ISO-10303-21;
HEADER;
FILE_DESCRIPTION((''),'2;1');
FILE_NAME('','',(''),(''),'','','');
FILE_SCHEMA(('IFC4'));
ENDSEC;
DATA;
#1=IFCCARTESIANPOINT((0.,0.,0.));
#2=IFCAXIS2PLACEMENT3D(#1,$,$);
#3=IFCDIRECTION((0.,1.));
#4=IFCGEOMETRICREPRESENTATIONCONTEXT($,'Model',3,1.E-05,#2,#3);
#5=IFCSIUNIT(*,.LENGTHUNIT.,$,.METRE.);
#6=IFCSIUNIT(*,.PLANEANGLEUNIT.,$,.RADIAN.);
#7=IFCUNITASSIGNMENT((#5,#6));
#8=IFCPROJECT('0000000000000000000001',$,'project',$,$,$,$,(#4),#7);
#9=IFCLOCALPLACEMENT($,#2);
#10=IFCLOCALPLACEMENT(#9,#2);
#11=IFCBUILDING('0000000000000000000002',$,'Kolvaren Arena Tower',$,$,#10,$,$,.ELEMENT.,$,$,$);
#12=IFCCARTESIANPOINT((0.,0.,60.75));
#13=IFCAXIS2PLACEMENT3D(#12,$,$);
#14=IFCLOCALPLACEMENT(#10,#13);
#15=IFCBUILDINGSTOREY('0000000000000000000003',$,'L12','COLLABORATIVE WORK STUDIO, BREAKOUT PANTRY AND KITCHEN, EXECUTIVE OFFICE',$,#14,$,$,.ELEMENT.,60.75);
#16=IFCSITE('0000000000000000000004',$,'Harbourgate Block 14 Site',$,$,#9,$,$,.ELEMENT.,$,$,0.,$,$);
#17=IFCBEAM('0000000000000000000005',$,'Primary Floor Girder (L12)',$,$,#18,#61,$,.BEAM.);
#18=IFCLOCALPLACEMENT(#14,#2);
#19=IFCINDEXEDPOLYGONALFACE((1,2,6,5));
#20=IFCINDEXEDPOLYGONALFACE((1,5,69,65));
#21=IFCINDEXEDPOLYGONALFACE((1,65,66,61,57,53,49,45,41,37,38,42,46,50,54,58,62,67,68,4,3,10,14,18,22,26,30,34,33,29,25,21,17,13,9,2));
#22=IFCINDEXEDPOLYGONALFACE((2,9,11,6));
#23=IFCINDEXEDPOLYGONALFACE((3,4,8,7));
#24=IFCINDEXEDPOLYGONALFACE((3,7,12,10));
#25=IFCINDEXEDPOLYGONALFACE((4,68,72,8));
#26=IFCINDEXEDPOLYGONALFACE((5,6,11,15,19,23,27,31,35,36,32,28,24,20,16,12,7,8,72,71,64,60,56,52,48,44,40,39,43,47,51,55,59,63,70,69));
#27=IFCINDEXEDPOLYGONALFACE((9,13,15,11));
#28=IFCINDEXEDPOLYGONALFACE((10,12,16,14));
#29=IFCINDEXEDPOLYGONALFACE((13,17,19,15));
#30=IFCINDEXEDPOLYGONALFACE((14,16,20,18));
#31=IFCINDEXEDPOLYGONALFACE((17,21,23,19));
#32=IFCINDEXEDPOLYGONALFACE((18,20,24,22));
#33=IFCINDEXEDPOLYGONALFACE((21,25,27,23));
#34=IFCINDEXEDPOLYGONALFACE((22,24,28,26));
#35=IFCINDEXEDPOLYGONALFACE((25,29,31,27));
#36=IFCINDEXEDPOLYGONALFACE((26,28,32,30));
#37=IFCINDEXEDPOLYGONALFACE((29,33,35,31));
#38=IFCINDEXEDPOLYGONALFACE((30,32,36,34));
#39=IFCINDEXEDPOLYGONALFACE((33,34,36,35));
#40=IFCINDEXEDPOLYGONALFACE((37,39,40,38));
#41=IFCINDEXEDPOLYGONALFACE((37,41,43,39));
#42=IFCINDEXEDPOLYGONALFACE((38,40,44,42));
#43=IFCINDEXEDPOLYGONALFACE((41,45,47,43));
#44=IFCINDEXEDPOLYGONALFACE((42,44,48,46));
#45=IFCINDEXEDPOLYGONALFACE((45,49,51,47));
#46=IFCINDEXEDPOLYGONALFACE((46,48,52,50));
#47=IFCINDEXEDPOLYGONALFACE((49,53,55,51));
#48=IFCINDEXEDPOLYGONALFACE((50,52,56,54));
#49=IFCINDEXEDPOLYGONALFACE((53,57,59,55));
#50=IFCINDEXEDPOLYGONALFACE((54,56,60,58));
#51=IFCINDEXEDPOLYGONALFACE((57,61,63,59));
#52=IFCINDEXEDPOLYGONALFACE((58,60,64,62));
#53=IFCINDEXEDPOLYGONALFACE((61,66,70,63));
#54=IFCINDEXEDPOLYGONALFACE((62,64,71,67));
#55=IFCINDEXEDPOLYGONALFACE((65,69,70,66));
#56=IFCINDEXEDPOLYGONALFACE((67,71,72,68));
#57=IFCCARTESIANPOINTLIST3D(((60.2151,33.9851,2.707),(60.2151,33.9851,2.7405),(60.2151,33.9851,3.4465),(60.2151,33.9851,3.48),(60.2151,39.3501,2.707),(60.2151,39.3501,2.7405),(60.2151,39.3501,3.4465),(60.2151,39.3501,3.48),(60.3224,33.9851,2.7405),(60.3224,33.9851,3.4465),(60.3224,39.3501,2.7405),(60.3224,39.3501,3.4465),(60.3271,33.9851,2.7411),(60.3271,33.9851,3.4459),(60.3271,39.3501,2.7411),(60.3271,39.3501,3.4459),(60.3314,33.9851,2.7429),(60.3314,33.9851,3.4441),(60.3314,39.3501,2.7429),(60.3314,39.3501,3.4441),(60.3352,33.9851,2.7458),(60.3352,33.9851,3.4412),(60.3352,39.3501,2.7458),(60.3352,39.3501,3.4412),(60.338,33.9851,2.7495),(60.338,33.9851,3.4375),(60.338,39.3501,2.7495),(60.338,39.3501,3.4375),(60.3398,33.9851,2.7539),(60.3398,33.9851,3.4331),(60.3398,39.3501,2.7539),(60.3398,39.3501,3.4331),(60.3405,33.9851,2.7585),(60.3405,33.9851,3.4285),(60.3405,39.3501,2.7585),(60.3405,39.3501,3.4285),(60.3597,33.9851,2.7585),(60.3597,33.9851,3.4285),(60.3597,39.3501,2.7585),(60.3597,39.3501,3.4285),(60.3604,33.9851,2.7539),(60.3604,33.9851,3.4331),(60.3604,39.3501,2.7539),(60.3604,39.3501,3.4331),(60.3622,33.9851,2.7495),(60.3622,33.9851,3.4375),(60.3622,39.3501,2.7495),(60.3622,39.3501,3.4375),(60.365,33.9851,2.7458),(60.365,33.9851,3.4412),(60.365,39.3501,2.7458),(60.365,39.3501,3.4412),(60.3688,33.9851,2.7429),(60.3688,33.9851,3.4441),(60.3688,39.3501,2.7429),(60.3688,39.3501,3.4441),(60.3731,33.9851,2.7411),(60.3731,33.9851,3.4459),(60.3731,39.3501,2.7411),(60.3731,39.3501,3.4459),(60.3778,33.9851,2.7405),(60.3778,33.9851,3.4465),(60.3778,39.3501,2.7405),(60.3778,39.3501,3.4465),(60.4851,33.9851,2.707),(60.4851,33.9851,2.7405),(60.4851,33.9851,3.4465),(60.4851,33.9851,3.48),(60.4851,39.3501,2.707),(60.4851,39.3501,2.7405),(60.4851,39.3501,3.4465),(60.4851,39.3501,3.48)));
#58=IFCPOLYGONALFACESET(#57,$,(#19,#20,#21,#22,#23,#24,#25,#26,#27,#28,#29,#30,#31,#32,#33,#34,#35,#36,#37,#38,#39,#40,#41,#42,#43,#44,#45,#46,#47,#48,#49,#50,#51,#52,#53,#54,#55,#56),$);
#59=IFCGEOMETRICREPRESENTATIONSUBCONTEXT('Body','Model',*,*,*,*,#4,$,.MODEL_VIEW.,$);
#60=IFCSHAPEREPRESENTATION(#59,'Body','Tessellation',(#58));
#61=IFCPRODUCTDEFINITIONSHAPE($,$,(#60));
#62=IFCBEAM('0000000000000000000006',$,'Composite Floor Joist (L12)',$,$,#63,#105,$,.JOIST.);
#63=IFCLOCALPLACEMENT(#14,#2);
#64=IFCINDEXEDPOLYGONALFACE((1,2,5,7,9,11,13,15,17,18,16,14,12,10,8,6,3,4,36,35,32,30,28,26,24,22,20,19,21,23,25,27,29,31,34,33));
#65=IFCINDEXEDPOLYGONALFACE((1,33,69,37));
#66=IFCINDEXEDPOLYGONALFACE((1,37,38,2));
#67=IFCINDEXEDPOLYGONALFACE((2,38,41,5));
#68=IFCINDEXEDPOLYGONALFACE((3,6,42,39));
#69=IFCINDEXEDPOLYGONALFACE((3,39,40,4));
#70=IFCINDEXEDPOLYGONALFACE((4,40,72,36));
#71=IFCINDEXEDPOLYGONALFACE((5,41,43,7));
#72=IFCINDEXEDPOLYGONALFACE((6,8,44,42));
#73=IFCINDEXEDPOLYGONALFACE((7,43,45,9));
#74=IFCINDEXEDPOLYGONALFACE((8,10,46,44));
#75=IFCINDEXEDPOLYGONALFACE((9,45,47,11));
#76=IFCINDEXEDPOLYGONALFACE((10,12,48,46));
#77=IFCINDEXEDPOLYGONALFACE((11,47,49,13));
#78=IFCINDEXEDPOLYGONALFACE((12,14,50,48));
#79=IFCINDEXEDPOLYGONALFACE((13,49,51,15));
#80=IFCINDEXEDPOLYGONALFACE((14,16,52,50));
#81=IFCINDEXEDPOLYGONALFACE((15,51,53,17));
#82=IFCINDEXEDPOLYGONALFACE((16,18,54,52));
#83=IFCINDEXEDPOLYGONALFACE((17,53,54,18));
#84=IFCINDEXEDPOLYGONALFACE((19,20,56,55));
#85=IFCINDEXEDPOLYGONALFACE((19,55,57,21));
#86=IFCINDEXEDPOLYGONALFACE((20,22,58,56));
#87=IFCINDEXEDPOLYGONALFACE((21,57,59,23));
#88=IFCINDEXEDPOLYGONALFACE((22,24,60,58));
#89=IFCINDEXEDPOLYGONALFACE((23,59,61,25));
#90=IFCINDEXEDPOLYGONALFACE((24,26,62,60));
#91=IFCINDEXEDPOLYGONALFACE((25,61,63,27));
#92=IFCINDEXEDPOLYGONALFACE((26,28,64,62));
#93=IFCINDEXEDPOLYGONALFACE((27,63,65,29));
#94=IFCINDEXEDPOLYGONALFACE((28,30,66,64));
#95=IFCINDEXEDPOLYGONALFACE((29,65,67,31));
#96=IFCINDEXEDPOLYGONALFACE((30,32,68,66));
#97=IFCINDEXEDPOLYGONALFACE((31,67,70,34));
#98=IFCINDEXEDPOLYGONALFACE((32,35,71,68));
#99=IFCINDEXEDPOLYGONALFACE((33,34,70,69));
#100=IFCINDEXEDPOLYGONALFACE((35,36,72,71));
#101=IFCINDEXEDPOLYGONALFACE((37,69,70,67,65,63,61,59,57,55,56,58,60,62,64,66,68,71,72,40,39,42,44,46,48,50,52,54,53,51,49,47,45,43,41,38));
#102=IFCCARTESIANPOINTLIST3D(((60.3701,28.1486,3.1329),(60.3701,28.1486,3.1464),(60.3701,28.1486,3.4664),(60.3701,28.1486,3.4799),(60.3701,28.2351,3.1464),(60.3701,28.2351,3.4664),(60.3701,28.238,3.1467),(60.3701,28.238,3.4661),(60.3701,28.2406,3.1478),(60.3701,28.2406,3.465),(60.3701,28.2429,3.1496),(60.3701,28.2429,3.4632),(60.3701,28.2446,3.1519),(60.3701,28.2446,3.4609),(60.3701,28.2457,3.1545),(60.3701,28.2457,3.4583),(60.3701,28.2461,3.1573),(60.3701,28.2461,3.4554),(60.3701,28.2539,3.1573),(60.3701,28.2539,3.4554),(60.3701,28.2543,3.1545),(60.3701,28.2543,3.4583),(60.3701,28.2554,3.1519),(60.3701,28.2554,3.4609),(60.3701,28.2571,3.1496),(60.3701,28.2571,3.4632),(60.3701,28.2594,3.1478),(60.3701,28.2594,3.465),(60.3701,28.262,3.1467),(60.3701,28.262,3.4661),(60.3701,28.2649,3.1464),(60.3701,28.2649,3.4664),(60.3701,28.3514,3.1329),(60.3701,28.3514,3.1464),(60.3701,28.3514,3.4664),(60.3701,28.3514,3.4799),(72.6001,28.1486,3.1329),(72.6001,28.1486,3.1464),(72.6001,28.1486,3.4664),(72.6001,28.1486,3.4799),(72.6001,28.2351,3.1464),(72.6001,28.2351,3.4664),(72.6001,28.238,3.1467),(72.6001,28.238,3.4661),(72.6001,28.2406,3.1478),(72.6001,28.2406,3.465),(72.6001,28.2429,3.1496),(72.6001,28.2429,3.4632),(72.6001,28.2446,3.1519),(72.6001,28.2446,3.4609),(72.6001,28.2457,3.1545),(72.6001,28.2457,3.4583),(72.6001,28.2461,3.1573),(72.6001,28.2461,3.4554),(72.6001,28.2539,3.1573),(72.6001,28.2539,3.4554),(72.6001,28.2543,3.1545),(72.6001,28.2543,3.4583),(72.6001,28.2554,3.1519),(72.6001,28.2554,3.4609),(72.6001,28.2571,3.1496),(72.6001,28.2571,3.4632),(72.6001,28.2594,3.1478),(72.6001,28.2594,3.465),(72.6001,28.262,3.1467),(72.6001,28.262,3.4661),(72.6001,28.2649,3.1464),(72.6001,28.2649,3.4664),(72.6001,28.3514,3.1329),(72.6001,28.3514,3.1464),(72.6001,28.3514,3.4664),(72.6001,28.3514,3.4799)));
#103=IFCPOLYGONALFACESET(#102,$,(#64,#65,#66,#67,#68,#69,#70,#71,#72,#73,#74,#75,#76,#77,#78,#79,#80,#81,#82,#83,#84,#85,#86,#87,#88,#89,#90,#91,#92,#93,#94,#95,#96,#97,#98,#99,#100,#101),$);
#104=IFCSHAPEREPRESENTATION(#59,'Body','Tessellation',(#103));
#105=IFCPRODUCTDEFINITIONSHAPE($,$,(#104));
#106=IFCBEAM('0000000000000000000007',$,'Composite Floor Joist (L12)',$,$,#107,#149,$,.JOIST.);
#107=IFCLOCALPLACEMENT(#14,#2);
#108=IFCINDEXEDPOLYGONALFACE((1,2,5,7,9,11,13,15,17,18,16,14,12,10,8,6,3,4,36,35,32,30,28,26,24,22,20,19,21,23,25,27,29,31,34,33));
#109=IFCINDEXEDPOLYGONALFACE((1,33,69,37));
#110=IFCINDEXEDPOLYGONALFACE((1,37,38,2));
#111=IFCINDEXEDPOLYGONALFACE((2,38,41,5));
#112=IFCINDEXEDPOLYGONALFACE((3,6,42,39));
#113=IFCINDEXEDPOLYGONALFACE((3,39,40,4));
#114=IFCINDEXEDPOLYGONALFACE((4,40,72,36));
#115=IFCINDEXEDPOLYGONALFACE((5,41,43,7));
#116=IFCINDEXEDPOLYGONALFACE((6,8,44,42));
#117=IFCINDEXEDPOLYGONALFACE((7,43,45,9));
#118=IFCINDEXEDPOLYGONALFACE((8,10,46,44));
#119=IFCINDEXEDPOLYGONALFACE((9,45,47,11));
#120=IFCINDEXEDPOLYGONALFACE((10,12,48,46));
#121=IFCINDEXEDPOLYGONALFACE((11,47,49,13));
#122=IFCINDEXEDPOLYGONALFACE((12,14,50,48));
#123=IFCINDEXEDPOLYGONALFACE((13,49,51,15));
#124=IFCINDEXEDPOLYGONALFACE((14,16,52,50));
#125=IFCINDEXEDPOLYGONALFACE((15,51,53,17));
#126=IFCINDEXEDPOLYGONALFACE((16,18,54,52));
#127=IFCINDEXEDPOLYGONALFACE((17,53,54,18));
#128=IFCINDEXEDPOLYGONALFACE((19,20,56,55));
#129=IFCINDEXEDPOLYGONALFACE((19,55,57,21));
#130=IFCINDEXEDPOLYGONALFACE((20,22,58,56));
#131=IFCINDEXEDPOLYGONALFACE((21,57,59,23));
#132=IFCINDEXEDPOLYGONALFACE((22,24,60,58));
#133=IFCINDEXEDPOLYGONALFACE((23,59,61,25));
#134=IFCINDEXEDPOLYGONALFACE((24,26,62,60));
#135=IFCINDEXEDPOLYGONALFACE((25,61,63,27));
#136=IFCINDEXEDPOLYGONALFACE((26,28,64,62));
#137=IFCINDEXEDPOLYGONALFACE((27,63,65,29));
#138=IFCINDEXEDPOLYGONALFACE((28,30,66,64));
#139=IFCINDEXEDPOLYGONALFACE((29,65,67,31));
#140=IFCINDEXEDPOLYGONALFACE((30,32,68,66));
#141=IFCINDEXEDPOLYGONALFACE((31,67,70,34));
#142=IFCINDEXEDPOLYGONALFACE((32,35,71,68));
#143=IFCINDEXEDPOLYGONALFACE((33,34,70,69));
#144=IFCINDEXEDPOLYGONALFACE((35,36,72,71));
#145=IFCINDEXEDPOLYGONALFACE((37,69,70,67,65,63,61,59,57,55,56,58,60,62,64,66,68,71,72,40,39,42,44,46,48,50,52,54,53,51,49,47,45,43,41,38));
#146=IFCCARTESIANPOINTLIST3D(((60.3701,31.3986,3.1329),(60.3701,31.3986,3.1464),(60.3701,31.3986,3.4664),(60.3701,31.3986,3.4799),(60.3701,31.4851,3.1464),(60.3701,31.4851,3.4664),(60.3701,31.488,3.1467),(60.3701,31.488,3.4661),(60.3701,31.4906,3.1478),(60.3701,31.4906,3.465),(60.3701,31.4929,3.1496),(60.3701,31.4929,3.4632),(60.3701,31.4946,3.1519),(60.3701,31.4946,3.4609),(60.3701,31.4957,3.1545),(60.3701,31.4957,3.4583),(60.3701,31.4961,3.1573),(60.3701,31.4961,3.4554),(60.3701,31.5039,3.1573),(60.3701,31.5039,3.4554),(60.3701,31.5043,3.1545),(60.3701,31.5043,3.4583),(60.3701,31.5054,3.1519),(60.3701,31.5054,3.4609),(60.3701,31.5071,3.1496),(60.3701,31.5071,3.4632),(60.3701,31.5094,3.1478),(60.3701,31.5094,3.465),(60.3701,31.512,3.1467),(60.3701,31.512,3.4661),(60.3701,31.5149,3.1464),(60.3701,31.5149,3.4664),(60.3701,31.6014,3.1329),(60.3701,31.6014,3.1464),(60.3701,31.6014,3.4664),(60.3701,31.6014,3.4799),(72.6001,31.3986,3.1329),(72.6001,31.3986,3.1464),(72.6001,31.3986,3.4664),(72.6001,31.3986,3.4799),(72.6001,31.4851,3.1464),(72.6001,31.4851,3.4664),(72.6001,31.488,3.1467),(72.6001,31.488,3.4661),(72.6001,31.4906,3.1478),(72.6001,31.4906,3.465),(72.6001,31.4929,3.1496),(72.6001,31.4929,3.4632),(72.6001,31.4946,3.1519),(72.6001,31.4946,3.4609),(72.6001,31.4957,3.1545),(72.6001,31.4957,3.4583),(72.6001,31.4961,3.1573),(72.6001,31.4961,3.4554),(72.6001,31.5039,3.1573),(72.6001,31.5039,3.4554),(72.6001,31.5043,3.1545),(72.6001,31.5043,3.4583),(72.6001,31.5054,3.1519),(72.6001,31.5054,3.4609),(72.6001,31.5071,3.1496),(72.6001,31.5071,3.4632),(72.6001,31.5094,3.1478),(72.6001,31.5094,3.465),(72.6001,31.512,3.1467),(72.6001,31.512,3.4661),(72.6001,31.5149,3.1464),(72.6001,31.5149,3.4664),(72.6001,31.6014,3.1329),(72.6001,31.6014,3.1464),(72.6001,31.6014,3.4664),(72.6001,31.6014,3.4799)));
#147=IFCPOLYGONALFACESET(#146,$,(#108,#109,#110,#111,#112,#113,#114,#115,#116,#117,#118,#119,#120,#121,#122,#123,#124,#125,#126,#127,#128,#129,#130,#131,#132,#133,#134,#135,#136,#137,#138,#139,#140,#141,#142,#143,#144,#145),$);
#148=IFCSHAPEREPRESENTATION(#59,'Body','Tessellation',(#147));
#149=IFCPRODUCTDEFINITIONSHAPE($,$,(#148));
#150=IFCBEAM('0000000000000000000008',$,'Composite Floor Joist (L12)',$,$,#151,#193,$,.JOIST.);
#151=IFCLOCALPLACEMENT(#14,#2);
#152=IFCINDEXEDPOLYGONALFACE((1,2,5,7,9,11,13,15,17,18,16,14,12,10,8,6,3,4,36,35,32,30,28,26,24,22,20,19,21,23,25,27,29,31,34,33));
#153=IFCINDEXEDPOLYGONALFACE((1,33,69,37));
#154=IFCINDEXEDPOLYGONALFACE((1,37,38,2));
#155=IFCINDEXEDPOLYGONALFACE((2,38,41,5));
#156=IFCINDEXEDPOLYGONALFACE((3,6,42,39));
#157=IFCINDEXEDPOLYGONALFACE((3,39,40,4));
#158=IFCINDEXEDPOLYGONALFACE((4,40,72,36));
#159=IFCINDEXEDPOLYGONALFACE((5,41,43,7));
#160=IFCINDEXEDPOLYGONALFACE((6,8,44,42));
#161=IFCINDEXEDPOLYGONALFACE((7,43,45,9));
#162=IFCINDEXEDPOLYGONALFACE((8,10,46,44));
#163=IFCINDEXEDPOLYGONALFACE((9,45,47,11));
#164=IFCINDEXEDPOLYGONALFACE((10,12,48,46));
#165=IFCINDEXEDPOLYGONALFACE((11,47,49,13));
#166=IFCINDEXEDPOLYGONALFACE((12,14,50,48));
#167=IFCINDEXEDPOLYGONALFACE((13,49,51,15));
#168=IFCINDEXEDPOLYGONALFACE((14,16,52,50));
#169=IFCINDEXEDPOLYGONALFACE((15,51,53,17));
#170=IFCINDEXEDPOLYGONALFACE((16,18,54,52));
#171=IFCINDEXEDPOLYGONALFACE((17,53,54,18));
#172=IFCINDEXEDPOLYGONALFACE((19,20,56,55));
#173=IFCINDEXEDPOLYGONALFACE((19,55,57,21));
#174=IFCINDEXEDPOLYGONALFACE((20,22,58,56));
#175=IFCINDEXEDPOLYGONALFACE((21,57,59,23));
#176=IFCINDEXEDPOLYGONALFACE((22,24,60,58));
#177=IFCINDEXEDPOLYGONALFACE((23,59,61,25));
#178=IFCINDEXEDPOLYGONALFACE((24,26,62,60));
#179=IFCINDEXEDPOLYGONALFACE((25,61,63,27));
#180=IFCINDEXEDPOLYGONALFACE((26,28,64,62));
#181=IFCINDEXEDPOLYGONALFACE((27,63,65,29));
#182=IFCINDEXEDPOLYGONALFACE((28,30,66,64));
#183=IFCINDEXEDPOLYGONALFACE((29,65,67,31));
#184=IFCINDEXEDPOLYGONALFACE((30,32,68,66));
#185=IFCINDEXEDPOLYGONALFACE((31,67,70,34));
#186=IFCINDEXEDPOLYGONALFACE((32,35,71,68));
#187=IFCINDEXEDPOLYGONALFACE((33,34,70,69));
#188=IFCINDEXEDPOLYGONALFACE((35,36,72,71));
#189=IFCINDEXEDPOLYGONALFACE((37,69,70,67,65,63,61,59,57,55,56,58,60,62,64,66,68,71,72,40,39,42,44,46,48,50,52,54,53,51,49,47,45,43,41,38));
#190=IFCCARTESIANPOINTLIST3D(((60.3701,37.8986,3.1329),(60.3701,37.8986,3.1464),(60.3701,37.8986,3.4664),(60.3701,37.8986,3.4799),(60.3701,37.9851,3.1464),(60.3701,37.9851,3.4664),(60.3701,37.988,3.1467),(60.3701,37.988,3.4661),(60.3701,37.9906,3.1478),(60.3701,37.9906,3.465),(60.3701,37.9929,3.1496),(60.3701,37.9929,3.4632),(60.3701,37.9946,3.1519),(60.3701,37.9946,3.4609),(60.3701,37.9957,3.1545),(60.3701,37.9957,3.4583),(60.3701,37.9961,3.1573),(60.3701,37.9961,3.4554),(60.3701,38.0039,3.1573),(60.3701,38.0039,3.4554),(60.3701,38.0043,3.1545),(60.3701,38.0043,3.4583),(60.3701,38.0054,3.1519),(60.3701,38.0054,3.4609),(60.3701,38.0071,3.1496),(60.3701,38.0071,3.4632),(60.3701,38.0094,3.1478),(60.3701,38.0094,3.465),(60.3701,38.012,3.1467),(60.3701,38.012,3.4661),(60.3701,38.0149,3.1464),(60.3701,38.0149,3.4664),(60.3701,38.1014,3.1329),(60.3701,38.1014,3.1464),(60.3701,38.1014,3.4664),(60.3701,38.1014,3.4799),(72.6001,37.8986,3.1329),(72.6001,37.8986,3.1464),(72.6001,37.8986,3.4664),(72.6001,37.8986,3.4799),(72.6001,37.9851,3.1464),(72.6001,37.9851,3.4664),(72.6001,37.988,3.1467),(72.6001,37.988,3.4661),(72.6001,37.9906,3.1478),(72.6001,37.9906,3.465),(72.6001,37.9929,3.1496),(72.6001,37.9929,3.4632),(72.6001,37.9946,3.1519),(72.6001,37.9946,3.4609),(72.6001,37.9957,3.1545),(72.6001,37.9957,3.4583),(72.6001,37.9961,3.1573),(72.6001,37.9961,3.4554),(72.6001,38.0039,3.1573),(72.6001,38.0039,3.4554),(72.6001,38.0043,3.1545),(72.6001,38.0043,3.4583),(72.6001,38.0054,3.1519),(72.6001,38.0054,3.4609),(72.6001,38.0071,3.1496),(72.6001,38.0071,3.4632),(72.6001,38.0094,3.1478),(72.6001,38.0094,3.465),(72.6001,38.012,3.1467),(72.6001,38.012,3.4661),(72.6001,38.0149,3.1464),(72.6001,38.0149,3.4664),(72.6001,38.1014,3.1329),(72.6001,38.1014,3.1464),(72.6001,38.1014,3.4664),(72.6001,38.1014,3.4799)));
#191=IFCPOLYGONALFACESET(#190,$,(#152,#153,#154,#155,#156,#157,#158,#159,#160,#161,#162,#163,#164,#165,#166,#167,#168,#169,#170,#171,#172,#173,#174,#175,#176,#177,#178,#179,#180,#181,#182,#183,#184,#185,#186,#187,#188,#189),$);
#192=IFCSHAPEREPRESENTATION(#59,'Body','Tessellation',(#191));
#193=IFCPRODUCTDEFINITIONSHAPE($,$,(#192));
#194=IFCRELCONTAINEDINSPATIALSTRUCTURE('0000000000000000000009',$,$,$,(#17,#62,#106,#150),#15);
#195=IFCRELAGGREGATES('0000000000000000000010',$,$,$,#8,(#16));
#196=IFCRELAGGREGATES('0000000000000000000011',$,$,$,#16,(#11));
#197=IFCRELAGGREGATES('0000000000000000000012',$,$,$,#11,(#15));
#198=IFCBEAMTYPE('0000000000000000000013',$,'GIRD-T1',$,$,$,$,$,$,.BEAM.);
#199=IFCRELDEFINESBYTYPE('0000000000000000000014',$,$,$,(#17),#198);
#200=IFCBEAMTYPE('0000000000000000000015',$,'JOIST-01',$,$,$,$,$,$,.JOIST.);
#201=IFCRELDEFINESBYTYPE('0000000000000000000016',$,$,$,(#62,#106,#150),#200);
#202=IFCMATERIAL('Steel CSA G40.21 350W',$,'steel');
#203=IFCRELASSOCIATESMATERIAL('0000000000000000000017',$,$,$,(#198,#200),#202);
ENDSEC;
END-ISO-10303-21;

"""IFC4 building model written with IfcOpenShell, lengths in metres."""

from ifc_helpers import new_model, si_unit, direction, frame, origin, origin_2d, place, context, subcontext, project, spatial, i_section, extrude, material, material_profile, profile_set, type_object, element, save


model = new_model("IFC4")

# Units and contexts
model_context = context("Model", 3, precision=1e-05, world=origin(), true_north=direction((0.0, 1.0)))
body_context = subcontext(model_context, "Body", "Model", "MODEL_VIEW")
ifc_project = project(units=[si_unit("LENGTHUNIT", "METRE"), si_unit("PLANEANGLEUNIT", "RADIAN")], contexts=[model_context])

# Site, building, storey
site_placement = place(None, origin())
site = spatial("IfcSite", under=ifc_project, at=site_placement, Name="Harbourgate Block 14 Site", CompositionType="ELEMENT", RefElevation=0.0)
building_placement = place(site_placement, origin())
building = spatial("IfcBuilding", under=site, at=building_placement, Name="Kolvaren Arena Tower", CompositionType="ELEMENT")
storey_placement = place(building_placement, frame((0.0, 0.0, 60.75)))
storey = spatial("IfcBuildingStorey", under=building, at=storey_placement, Name="L12", Description="COLLABORATIVE WORK STUDIO, BREAKOUT PANTRY AND KITCHEN, EXECUTIVE OFFICE", CompositionType="ELEMENT", Elevation=60.75)

# Beams
ifc_material_1 = material(Name="Steel CSA G40.21 350W", Category="steel")
ifc_material_profile_1 = material_profile(ifc_material_1, i_section(OverallWidth=0.27, OverallDepth=0.7729, WebThickness=0.0193, FlangeThickness=0.0334, FilletRadius=0.0181, at=origin_2d()), Name="W760x257")
ifc_profile_set_1 = profile_set([ifc_material_profile_1], Name="Steel CSA G40.21 350W")
beam_type_1 = type_object("IfcBeamType", Name="GIRD-T1", PredefinedType="BEAM", material=ifc_profile_set_1)
beam_1_placement = place(storey_placement, frame((60.3501, 33.9851, 3.0935), z_axis=(0.0, 1.0, 0.0), x_axis=(-1.0, 0.0, 0.0)))
element("IfcBeam", 1, at=beam_1_placement, inside=storey, type_object=beam_type_1, Name="Primary Floor Girder (L12)", PredefinedType="BEAM", context=body_context, shape_type="SweptSolid", body=[
    extrude(i_section(OverallWidth=0.27, OverallDepth=0.7729, WebThickness=0.0193, FlangeThickness=0.0334, FilletRadius=0.0181, at=origin_2d()), origin(), (0.0, 0.0, 1.0), 5.365),
])
ifc_material_profile_2 = material_profile(ifc_material_1, i_section(OverallWidth=0.2029, OverallDepth=0.3469, WebThickness=0.0078, FlangeThickness=0.0134, FilletRadius=0.011, at=origin_2d()), Name="W360x64")
ifc_profile_set_2 = profile_set([ifc_material_profile_2], Name="Steel CSA G40.21 350W")
beam_type_2 = type_object("IfcBeamType", Name="JOIST-01", PredefinedType="JOIST", material=ifc_profile_set_2)
for number, where, z_axis, x_axis, name in (
    (2, (60.3701, 28.25, 3.3064), (1.0, 0.0, 0.0), (0.0, 1.0, 0.0), "Composite Floor Joist (L12)"),
    (3, (60.3701, 31.5, 3.3064), (1.0, 0.0, 0.0), (0.0, 1.0, 0.0), "Composite Floor Joist (L12)"),
    (4, (60.3701, 38.0, 3.3064), (1.0, 0.0, 0.0), (0.0, 1.0, 0.0), "Composite Floor Joist (L12)"),
):
    element("IfcBeam", number, at=place(storey_placement, frame(where, z_axis=z_axis, x_axis=x_axis)), inside=storey, type_object=beam_type_2, Name=name, PredefinedType="JOIST", context=body_context, shape_type="SweptSolid", body=[
        extrude(i_section(OverallWidth=0.2029, OverallDepth=0.3469, WebThickness=0.0078, FlangeThickness=0.0134, FilletRadius=0.011, at=origin_2d()), origin(), (0.0, 0.0, 1.0), 12.23),
    ])

save(model, "model.ifc")
